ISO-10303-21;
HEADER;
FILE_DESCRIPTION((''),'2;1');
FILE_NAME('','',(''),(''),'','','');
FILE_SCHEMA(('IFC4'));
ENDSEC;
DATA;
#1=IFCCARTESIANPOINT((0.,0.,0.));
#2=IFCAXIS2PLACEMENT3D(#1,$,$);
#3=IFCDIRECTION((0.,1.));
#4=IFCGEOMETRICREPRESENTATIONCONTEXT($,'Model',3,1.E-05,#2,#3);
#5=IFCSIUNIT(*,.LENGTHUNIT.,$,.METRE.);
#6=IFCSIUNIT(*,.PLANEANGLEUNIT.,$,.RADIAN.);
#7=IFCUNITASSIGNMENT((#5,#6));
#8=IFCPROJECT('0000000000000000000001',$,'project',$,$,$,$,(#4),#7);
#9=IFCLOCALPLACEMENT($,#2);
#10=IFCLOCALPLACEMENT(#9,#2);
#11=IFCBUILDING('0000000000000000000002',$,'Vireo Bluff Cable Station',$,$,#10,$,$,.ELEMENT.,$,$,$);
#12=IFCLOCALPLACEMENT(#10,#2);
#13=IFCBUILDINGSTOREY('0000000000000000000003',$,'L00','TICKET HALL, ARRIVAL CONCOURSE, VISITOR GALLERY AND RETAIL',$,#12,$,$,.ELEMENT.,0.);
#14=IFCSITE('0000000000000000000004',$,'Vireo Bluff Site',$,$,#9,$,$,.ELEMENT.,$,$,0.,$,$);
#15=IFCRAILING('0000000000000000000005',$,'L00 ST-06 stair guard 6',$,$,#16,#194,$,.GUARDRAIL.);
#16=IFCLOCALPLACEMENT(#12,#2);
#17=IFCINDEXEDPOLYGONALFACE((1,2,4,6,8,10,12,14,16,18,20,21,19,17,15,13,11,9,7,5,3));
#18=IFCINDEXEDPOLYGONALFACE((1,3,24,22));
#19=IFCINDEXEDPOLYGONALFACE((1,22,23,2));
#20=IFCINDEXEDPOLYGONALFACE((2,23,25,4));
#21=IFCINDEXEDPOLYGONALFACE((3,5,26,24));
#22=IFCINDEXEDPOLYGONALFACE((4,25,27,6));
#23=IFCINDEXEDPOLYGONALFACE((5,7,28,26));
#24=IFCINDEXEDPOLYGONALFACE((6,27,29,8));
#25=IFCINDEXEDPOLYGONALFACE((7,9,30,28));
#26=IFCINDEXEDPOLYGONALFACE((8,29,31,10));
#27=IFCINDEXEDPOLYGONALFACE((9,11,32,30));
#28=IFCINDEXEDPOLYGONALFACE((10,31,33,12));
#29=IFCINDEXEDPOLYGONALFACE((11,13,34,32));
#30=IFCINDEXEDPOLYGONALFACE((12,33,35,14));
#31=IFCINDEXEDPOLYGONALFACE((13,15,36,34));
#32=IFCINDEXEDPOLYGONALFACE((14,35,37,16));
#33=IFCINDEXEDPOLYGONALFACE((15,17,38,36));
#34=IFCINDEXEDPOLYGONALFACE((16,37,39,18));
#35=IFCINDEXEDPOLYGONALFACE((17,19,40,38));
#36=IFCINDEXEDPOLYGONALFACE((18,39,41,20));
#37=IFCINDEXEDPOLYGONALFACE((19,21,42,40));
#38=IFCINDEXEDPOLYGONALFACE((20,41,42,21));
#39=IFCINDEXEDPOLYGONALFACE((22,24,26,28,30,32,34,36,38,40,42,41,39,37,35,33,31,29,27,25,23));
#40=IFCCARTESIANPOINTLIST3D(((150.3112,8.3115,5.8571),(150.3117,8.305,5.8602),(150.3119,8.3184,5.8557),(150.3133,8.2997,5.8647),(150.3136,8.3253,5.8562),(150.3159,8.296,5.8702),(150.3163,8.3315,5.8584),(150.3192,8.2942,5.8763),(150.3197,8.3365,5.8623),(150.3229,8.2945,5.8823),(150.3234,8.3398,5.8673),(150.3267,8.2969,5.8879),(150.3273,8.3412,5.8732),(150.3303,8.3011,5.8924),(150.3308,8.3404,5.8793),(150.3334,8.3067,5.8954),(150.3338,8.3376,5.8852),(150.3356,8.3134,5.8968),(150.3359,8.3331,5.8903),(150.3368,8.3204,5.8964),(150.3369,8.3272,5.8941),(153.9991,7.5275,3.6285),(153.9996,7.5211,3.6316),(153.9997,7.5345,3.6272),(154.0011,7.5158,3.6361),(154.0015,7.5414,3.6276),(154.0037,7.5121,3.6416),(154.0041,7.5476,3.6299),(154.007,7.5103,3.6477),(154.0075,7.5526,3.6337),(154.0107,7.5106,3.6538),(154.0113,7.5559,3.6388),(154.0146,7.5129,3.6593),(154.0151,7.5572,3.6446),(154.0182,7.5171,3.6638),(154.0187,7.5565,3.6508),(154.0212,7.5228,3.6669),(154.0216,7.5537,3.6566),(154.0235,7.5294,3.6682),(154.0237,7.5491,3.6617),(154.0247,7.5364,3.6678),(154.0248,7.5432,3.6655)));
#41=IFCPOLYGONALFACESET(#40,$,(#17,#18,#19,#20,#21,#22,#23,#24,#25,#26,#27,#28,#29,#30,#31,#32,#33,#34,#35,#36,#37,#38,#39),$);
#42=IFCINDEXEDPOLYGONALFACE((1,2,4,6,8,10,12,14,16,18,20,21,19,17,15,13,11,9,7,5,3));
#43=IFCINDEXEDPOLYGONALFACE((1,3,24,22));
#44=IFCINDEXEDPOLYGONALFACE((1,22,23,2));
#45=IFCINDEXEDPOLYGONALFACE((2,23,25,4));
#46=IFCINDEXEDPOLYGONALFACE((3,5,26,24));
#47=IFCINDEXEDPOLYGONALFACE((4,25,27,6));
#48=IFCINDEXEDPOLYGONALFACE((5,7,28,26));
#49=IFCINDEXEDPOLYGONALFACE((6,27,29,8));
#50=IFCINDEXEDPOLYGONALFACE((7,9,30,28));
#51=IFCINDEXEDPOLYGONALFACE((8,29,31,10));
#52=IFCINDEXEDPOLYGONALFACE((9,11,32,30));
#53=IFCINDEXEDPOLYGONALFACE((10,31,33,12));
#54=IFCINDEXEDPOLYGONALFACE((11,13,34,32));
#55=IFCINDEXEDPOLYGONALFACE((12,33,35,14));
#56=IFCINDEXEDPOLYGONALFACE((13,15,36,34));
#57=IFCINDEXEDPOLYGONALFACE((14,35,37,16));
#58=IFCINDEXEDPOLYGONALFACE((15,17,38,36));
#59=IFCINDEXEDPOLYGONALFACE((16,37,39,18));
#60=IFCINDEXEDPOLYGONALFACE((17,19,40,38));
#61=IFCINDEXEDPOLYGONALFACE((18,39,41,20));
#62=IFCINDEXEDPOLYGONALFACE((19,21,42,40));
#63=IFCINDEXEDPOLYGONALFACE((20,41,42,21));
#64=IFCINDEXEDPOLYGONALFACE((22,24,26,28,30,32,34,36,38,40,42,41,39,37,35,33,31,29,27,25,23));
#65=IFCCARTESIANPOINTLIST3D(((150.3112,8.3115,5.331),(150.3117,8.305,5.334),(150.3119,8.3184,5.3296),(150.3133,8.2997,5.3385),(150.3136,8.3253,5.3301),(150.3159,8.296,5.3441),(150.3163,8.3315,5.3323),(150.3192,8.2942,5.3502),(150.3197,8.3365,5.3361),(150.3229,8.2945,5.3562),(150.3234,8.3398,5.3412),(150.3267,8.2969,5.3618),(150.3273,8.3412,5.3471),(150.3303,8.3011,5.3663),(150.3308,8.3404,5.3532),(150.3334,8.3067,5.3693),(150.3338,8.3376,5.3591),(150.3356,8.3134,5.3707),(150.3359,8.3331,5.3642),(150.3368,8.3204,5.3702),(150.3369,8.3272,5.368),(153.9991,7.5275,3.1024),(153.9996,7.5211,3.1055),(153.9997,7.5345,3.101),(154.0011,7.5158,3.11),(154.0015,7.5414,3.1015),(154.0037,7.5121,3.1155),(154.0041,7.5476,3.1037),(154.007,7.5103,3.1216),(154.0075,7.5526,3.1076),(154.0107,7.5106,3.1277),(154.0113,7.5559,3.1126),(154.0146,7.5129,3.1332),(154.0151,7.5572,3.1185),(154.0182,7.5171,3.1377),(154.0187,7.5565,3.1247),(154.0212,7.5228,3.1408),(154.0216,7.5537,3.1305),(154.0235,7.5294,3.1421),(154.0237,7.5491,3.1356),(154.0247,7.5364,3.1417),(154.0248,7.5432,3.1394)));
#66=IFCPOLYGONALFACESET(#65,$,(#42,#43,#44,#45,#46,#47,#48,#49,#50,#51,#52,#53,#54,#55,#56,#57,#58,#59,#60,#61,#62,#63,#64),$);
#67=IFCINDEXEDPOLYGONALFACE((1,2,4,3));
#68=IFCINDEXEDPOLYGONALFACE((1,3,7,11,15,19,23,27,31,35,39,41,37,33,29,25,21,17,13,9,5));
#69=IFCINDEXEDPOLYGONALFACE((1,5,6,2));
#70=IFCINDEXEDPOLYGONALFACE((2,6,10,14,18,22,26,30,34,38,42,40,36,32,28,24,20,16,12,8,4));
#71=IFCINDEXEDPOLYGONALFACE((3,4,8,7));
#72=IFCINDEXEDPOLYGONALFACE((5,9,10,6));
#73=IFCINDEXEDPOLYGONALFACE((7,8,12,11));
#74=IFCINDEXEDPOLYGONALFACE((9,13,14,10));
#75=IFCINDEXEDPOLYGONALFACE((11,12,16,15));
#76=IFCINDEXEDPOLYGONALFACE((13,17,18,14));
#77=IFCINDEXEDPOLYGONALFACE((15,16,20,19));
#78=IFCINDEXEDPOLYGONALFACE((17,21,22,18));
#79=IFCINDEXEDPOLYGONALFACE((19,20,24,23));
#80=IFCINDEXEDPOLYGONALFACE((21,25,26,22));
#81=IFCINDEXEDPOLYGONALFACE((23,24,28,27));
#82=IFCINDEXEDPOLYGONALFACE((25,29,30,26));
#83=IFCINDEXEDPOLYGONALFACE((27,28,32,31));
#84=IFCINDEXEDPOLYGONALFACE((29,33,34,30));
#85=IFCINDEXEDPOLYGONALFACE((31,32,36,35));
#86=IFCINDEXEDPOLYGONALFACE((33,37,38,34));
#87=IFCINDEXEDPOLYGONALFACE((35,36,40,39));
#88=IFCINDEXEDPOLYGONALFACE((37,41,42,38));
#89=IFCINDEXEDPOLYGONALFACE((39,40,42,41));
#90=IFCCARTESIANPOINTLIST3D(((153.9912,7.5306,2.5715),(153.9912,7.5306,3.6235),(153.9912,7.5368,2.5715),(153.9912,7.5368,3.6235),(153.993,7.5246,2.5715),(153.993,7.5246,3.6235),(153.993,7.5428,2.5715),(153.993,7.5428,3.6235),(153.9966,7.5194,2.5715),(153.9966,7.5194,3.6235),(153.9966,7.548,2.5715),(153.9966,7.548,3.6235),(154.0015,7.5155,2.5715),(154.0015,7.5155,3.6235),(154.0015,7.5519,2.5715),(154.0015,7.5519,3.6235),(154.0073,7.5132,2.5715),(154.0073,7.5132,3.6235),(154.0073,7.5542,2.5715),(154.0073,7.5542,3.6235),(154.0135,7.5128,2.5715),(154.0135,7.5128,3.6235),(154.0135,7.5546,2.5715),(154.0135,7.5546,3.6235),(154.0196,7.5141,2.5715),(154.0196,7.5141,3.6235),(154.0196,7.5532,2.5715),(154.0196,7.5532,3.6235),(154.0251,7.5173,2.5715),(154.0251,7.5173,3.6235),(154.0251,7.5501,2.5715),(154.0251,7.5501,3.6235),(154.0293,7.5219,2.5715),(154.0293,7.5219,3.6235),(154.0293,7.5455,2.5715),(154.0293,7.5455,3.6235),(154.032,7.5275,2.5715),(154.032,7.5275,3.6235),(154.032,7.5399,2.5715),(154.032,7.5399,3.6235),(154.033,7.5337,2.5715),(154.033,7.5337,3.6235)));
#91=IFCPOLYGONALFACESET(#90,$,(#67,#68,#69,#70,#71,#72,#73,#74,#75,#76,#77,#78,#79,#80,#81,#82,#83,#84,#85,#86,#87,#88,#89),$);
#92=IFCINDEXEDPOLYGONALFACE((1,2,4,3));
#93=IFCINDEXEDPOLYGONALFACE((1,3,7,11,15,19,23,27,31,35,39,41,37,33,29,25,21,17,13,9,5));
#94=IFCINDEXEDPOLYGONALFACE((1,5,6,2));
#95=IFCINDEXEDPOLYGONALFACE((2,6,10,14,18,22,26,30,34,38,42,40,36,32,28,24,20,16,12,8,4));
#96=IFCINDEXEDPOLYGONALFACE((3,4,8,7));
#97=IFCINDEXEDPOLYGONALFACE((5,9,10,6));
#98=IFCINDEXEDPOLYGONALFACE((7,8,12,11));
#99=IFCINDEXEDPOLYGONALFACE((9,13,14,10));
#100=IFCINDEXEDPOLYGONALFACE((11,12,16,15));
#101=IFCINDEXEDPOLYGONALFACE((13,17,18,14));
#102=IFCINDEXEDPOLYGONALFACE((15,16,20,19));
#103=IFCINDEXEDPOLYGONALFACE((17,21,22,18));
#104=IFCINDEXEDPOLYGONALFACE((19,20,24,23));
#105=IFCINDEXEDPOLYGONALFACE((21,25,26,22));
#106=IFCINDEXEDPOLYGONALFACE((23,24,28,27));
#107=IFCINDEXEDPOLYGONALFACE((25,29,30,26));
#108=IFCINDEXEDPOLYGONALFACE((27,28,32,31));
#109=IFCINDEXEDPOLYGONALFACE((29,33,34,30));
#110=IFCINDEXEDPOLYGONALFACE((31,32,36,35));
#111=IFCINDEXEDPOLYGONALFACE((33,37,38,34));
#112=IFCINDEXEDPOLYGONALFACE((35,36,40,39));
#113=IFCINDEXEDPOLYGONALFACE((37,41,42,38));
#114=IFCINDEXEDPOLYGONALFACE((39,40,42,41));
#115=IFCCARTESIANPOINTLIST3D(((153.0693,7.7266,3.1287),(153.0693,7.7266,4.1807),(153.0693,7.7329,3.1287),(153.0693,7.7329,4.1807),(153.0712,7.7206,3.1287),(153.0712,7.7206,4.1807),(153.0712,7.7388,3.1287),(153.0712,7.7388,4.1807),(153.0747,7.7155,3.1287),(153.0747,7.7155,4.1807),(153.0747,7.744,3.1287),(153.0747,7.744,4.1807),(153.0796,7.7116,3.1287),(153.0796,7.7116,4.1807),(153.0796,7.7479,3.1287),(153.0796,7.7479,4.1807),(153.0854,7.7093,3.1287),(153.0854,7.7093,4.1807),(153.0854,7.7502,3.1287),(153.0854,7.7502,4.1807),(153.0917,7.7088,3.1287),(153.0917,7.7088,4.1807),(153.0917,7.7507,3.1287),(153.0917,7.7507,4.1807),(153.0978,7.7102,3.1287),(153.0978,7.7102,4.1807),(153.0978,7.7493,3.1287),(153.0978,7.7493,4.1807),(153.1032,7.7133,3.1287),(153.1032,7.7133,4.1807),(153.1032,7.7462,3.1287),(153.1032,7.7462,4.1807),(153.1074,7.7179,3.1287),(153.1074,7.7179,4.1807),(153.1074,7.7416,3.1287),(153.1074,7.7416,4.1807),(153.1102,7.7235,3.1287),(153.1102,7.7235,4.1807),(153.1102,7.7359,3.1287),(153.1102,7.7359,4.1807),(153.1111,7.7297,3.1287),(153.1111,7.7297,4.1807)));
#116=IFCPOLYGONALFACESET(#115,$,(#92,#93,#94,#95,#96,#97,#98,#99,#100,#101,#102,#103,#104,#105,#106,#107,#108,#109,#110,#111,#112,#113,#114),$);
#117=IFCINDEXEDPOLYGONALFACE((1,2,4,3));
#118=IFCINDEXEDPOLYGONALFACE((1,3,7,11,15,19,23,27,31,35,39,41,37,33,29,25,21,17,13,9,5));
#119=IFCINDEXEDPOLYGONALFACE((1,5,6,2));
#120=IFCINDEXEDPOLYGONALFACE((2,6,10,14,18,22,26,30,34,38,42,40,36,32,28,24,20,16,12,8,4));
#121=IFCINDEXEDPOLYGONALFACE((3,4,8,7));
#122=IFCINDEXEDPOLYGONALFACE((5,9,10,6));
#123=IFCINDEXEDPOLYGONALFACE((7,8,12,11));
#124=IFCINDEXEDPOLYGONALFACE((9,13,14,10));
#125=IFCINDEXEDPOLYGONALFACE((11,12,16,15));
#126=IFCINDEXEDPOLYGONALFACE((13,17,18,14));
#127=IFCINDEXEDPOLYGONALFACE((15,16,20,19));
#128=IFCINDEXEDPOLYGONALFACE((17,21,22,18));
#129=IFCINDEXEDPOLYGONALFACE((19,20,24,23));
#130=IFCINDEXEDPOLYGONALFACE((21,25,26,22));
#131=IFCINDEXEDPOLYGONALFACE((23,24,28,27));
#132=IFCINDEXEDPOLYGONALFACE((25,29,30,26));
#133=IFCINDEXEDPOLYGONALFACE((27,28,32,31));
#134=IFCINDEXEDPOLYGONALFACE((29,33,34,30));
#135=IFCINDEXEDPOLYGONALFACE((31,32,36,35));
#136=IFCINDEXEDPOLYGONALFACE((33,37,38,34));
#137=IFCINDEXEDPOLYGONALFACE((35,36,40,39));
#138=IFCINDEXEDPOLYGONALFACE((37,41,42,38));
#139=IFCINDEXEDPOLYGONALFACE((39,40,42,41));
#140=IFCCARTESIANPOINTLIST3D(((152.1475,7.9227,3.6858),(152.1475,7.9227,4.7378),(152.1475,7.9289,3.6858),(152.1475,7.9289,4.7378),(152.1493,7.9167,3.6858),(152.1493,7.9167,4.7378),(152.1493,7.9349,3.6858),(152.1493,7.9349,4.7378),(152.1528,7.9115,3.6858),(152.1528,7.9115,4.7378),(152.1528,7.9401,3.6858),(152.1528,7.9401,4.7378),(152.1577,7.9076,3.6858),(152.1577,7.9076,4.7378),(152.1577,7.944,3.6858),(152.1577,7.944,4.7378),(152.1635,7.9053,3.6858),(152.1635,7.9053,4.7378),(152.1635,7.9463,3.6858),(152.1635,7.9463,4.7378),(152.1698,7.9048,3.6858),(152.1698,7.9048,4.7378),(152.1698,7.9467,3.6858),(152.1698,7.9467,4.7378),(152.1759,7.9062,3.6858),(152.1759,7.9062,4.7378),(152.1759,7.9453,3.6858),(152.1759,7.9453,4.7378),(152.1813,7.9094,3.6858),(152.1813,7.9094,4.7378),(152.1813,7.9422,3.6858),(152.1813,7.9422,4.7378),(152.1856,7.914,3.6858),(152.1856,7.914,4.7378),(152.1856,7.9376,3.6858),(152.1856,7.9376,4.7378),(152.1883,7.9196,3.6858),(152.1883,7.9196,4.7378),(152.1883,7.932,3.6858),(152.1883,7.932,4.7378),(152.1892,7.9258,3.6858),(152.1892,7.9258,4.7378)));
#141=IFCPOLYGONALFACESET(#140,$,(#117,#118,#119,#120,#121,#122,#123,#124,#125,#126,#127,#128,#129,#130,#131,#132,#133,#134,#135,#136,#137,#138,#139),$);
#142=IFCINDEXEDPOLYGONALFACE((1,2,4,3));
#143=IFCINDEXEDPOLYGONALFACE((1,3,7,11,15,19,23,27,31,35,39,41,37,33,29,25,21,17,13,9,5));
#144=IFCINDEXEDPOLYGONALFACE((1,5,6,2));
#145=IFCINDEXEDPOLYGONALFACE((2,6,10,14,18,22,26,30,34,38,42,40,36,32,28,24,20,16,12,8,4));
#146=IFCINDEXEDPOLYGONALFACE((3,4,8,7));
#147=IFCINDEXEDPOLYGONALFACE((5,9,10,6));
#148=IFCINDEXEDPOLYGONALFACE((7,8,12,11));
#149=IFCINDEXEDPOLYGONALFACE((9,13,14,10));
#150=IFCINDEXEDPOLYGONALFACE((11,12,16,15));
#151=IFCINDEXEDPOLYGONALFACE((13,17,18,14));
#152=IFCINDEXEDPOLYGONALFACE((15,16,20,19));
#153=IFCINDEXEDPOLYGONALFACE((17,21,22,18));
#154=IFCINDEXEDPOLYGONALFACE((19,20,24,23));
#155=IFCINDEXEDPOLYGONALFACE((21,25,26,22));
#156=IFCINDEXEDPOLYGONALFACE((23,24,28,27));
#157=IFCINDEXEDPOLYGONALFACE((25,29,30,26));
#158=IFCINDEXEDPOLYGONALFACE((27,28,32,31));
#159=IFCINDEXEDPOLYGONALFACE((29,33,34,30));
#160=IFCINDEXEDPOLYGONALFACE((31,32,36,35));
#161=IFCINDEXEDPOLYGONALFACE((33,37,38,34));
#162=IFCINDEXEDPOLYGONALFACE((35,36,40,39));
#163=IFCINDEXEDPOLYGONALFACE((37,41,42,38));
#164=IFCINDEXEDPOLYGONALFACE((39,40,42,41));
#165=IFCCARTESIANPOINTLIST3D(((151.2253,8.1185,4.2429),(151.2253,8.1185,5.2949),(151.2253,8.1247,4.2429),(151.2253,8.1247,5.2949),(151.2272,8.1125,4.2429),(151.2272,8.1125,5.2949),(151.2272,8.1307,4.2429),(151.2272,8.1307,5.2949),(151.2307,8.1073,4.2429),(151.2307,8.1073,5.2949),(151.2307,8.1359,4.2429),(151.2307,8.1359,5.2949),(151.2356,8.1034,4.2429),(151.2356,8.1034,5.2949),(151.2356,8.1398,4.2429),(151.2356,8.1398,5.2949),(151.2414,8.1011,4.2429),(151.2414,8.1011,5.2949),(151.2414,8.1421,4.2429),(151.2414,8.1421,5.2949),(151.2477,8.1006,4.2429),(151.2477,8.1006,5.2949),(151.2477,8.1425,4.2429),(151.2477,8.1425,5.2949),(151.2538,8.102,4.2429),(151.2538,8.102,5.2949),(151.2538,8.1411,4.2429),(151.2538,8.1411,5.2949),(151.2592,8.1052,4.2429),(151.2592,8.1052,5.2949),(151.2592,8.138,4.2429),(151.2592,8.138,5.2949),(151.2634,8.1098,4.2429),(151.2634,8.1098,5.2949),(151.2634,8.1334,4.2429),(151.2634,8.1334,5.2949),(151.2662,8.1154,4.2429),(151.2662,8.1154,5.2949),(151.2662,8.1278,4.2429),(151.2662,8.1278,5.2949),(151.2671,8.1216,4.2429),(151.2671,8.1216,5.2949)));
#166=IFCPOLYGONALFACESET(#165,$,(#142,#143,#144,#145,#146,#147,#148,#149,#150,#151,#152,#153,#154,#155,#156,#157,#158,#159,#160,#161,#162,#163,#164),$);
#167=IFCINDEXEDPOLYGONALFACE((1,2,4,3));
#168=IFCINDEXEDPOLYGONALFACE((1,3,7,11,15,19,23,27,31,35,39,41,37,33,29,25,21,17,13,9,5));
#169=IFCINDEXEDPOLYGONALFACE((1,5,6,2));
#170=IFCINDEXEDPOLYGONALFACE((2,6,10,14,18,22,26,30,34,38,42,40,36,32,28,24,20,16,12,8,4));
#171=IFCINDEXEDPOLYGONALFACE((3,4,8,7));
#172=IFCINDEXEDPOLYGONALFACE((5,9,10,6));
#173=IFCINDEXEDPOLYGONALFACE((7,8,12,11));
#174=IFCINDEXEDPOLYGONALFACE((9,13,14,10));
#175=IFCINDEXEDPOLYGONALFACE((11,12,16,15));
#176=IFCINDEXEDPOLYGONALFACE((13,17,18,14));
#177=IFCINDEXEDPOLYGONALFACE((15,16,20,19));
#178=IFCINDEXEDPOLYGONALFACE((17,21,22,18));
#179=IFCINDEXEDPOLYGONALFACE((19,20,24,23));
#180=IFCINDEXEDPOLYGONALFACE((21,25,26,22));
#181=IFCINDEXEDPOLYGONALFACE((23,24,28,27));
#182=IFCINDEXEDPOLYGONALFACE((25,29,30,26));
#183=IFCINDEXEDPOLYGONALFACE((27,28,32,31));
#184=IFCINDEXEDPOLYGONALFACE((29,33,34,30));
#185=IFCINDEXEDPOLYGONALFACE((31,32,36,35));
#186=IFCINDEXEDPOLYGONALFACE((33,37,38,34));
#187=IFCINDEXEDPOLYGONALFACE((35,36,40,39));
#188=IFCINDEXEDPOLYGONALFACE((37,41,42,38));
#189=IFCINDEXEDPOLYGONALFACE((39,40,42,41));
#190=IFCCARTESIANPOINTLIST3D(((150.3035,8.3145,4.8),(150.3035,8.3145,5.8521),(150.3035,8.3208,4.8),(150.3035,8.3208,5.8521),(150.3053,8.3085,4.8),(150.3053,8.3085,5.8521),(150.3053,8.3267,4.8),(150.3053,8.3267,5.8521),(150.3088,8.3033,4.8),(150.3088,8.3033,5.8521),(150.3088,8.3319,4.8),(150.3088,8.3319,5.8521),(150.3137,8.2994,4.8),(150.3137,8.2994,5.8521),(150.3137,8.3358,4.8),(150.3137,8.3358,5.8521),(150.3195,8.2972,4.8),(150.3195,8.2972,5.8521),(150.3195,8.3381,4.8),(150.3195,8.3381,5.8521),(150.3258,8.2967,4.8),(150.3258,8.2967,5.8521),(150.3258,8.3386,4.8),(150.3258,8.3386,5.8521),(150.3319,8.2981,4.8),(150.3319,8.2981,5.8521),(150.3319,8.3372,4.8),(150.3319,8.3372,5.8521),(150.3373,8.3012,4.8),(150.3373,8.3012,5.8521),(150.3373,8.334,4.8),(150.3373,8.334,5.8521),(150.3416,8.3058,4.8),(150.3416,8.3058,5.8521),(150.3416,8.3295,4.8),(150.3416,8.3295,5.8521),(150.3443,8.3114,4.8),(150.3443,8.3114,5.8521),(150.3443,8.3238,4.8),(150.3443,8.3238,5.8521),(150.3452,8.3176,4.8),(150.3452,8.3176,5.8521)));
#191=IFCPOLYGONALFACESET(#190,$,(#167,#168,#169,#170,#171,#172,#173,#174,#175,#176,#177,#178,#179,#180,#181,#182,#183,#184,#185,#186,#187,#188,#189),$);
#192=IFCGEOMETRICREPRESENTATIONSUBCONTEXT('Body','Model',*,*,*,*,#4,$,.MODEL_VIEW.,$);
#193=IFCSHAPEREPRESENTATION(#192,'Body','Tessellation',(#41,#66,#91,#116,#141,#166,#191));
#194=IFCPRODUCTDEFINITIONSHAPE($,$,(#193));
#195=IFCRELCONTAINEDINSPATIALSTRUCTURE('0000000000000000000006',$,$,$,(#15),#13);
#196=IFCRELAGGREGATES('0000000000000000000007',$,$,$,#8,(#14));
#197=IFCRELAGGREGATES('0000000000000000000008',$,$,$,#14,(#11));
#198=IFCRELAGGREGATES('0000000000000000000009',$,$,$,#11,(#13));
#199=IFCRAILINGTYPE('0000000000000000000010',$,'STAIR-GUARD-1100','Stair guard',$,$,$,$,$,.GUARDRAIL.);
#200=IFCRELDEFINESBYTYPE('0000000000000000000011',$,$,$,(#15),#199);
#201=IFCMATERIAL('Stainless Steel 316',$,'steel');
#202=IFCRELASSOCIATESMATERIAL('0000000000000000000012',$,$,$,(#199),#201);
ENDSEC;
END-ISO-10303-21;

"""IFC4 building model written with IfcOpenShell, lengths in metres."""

from ifc_helpers import new_model, si_unit, direction, frame, origin, origin_2d, place, context, subcontext, project, spatial, circle, extrude, material, type_object, element, save


model = new_model("IFC4")

# Units and contexts
model_context = context("Model", 3, precision=1e-05, world=origin(), true_north=direction((0.0, 1.0)))
body_context = subcontext(model_context, "Body", "Model", "MODEL_VIEW")
ifc_project = project(units=[si_unit("LENGTHUNIT", "METRE"), si_unit("PLANEANGLEUNIT", "RADIAN")], contexts=[model_context])

# Site, building, storey
site_placement = place(None, origin())
site = spatial("IfcSite", under=ifc_project, at=site_placement, Name="Vireo Bluff Site", CompositionType="ELEMENT", RefElevation=0.0)
building_placement = place(site_placement, origin())
building = spatial("IfcBuilding", under=site, at=building_placement, Name="Vireo Bluff Cable Station", CompositionType="ELEMENT")
storey_placement = place(building_placement, origin())
storey = spatial("IfcBuildingStorey", under=building, at=storey_placement, Name="L00", Description="TICKET HALL, ARRIVAL CONCOURSE, VISITOR GALLERY AND RETAIL", CompositionType="ELEMENT", Elevation=0.0)

# Railing
ifc_material_1 = material(Name="Stainless Steel 316", Category="steel")
railing_type_1 = type_object("IfcRailingType", Name="STAIR-GUARD-1100", Description="Stair guard", PredefinedType="GUARDRAIL", material=ifc_material_1)
railing_1_placement = place(storey_placement, frame((154.012, 7.5337, 2.5715)))
element("IfcRailing", 1, at=railing_1_placement, inside=storey, type_object=railing_type_1, Name="L00 ST-06 stair guard 6", PredefinedType="GUARDRAIL", context=body_context, shape_type="SweptSolid", body=[
    extrude(circle(Radius=0.0239, at=origin_2d()), frame((0.0, 0.0, 1.0762), z_axis=(-0.842041, 0.179, 0.508848), x_axis=(-0.207932, -0.978143, 0.0)), (0.0, 0.0, 1.0), 4.3796),
    extrude(circle(Radius=0.0239, at=origin_2d()), frame((0.0, 0.0, 0.55), z_axis=(-0.842041, 0.179, 0.508848), x_axis=(-0.207932, -0.978143, 0.0)), (0.0, 0.0, 1.0), 4.3796),
    extrude(circle(Radius=0.021, at=origin_2d()), origin(), (0.0, 0.0, 1.0), 1.052),
    extrude(circle(Radius=0.021, at=origin_2d()), frame((-0.9219, 0.196, 0.5571)), (0.0, 0.0, 1.0), 1.052),
    extrude(circle(Radius=0.021, at=origin_2d()), frame((-1.8438, 0.3921, 1.1143)), (0.0, 0.0, 1.0), 1.052),
    extrude(circle(Radius=0.021, at=origin_2d()), frame((-2.7659, 0.5879, 1.6714)), (0.0, 0.0, 1.0), 1.052),
    extrude(circle(Radius=0.021, at=origin_2d()), frame((-3.6877, 0.7839, 2.2285)), (0.0, 0.0, 1.0), 1.052),
])

save(model, "model.ifc")
